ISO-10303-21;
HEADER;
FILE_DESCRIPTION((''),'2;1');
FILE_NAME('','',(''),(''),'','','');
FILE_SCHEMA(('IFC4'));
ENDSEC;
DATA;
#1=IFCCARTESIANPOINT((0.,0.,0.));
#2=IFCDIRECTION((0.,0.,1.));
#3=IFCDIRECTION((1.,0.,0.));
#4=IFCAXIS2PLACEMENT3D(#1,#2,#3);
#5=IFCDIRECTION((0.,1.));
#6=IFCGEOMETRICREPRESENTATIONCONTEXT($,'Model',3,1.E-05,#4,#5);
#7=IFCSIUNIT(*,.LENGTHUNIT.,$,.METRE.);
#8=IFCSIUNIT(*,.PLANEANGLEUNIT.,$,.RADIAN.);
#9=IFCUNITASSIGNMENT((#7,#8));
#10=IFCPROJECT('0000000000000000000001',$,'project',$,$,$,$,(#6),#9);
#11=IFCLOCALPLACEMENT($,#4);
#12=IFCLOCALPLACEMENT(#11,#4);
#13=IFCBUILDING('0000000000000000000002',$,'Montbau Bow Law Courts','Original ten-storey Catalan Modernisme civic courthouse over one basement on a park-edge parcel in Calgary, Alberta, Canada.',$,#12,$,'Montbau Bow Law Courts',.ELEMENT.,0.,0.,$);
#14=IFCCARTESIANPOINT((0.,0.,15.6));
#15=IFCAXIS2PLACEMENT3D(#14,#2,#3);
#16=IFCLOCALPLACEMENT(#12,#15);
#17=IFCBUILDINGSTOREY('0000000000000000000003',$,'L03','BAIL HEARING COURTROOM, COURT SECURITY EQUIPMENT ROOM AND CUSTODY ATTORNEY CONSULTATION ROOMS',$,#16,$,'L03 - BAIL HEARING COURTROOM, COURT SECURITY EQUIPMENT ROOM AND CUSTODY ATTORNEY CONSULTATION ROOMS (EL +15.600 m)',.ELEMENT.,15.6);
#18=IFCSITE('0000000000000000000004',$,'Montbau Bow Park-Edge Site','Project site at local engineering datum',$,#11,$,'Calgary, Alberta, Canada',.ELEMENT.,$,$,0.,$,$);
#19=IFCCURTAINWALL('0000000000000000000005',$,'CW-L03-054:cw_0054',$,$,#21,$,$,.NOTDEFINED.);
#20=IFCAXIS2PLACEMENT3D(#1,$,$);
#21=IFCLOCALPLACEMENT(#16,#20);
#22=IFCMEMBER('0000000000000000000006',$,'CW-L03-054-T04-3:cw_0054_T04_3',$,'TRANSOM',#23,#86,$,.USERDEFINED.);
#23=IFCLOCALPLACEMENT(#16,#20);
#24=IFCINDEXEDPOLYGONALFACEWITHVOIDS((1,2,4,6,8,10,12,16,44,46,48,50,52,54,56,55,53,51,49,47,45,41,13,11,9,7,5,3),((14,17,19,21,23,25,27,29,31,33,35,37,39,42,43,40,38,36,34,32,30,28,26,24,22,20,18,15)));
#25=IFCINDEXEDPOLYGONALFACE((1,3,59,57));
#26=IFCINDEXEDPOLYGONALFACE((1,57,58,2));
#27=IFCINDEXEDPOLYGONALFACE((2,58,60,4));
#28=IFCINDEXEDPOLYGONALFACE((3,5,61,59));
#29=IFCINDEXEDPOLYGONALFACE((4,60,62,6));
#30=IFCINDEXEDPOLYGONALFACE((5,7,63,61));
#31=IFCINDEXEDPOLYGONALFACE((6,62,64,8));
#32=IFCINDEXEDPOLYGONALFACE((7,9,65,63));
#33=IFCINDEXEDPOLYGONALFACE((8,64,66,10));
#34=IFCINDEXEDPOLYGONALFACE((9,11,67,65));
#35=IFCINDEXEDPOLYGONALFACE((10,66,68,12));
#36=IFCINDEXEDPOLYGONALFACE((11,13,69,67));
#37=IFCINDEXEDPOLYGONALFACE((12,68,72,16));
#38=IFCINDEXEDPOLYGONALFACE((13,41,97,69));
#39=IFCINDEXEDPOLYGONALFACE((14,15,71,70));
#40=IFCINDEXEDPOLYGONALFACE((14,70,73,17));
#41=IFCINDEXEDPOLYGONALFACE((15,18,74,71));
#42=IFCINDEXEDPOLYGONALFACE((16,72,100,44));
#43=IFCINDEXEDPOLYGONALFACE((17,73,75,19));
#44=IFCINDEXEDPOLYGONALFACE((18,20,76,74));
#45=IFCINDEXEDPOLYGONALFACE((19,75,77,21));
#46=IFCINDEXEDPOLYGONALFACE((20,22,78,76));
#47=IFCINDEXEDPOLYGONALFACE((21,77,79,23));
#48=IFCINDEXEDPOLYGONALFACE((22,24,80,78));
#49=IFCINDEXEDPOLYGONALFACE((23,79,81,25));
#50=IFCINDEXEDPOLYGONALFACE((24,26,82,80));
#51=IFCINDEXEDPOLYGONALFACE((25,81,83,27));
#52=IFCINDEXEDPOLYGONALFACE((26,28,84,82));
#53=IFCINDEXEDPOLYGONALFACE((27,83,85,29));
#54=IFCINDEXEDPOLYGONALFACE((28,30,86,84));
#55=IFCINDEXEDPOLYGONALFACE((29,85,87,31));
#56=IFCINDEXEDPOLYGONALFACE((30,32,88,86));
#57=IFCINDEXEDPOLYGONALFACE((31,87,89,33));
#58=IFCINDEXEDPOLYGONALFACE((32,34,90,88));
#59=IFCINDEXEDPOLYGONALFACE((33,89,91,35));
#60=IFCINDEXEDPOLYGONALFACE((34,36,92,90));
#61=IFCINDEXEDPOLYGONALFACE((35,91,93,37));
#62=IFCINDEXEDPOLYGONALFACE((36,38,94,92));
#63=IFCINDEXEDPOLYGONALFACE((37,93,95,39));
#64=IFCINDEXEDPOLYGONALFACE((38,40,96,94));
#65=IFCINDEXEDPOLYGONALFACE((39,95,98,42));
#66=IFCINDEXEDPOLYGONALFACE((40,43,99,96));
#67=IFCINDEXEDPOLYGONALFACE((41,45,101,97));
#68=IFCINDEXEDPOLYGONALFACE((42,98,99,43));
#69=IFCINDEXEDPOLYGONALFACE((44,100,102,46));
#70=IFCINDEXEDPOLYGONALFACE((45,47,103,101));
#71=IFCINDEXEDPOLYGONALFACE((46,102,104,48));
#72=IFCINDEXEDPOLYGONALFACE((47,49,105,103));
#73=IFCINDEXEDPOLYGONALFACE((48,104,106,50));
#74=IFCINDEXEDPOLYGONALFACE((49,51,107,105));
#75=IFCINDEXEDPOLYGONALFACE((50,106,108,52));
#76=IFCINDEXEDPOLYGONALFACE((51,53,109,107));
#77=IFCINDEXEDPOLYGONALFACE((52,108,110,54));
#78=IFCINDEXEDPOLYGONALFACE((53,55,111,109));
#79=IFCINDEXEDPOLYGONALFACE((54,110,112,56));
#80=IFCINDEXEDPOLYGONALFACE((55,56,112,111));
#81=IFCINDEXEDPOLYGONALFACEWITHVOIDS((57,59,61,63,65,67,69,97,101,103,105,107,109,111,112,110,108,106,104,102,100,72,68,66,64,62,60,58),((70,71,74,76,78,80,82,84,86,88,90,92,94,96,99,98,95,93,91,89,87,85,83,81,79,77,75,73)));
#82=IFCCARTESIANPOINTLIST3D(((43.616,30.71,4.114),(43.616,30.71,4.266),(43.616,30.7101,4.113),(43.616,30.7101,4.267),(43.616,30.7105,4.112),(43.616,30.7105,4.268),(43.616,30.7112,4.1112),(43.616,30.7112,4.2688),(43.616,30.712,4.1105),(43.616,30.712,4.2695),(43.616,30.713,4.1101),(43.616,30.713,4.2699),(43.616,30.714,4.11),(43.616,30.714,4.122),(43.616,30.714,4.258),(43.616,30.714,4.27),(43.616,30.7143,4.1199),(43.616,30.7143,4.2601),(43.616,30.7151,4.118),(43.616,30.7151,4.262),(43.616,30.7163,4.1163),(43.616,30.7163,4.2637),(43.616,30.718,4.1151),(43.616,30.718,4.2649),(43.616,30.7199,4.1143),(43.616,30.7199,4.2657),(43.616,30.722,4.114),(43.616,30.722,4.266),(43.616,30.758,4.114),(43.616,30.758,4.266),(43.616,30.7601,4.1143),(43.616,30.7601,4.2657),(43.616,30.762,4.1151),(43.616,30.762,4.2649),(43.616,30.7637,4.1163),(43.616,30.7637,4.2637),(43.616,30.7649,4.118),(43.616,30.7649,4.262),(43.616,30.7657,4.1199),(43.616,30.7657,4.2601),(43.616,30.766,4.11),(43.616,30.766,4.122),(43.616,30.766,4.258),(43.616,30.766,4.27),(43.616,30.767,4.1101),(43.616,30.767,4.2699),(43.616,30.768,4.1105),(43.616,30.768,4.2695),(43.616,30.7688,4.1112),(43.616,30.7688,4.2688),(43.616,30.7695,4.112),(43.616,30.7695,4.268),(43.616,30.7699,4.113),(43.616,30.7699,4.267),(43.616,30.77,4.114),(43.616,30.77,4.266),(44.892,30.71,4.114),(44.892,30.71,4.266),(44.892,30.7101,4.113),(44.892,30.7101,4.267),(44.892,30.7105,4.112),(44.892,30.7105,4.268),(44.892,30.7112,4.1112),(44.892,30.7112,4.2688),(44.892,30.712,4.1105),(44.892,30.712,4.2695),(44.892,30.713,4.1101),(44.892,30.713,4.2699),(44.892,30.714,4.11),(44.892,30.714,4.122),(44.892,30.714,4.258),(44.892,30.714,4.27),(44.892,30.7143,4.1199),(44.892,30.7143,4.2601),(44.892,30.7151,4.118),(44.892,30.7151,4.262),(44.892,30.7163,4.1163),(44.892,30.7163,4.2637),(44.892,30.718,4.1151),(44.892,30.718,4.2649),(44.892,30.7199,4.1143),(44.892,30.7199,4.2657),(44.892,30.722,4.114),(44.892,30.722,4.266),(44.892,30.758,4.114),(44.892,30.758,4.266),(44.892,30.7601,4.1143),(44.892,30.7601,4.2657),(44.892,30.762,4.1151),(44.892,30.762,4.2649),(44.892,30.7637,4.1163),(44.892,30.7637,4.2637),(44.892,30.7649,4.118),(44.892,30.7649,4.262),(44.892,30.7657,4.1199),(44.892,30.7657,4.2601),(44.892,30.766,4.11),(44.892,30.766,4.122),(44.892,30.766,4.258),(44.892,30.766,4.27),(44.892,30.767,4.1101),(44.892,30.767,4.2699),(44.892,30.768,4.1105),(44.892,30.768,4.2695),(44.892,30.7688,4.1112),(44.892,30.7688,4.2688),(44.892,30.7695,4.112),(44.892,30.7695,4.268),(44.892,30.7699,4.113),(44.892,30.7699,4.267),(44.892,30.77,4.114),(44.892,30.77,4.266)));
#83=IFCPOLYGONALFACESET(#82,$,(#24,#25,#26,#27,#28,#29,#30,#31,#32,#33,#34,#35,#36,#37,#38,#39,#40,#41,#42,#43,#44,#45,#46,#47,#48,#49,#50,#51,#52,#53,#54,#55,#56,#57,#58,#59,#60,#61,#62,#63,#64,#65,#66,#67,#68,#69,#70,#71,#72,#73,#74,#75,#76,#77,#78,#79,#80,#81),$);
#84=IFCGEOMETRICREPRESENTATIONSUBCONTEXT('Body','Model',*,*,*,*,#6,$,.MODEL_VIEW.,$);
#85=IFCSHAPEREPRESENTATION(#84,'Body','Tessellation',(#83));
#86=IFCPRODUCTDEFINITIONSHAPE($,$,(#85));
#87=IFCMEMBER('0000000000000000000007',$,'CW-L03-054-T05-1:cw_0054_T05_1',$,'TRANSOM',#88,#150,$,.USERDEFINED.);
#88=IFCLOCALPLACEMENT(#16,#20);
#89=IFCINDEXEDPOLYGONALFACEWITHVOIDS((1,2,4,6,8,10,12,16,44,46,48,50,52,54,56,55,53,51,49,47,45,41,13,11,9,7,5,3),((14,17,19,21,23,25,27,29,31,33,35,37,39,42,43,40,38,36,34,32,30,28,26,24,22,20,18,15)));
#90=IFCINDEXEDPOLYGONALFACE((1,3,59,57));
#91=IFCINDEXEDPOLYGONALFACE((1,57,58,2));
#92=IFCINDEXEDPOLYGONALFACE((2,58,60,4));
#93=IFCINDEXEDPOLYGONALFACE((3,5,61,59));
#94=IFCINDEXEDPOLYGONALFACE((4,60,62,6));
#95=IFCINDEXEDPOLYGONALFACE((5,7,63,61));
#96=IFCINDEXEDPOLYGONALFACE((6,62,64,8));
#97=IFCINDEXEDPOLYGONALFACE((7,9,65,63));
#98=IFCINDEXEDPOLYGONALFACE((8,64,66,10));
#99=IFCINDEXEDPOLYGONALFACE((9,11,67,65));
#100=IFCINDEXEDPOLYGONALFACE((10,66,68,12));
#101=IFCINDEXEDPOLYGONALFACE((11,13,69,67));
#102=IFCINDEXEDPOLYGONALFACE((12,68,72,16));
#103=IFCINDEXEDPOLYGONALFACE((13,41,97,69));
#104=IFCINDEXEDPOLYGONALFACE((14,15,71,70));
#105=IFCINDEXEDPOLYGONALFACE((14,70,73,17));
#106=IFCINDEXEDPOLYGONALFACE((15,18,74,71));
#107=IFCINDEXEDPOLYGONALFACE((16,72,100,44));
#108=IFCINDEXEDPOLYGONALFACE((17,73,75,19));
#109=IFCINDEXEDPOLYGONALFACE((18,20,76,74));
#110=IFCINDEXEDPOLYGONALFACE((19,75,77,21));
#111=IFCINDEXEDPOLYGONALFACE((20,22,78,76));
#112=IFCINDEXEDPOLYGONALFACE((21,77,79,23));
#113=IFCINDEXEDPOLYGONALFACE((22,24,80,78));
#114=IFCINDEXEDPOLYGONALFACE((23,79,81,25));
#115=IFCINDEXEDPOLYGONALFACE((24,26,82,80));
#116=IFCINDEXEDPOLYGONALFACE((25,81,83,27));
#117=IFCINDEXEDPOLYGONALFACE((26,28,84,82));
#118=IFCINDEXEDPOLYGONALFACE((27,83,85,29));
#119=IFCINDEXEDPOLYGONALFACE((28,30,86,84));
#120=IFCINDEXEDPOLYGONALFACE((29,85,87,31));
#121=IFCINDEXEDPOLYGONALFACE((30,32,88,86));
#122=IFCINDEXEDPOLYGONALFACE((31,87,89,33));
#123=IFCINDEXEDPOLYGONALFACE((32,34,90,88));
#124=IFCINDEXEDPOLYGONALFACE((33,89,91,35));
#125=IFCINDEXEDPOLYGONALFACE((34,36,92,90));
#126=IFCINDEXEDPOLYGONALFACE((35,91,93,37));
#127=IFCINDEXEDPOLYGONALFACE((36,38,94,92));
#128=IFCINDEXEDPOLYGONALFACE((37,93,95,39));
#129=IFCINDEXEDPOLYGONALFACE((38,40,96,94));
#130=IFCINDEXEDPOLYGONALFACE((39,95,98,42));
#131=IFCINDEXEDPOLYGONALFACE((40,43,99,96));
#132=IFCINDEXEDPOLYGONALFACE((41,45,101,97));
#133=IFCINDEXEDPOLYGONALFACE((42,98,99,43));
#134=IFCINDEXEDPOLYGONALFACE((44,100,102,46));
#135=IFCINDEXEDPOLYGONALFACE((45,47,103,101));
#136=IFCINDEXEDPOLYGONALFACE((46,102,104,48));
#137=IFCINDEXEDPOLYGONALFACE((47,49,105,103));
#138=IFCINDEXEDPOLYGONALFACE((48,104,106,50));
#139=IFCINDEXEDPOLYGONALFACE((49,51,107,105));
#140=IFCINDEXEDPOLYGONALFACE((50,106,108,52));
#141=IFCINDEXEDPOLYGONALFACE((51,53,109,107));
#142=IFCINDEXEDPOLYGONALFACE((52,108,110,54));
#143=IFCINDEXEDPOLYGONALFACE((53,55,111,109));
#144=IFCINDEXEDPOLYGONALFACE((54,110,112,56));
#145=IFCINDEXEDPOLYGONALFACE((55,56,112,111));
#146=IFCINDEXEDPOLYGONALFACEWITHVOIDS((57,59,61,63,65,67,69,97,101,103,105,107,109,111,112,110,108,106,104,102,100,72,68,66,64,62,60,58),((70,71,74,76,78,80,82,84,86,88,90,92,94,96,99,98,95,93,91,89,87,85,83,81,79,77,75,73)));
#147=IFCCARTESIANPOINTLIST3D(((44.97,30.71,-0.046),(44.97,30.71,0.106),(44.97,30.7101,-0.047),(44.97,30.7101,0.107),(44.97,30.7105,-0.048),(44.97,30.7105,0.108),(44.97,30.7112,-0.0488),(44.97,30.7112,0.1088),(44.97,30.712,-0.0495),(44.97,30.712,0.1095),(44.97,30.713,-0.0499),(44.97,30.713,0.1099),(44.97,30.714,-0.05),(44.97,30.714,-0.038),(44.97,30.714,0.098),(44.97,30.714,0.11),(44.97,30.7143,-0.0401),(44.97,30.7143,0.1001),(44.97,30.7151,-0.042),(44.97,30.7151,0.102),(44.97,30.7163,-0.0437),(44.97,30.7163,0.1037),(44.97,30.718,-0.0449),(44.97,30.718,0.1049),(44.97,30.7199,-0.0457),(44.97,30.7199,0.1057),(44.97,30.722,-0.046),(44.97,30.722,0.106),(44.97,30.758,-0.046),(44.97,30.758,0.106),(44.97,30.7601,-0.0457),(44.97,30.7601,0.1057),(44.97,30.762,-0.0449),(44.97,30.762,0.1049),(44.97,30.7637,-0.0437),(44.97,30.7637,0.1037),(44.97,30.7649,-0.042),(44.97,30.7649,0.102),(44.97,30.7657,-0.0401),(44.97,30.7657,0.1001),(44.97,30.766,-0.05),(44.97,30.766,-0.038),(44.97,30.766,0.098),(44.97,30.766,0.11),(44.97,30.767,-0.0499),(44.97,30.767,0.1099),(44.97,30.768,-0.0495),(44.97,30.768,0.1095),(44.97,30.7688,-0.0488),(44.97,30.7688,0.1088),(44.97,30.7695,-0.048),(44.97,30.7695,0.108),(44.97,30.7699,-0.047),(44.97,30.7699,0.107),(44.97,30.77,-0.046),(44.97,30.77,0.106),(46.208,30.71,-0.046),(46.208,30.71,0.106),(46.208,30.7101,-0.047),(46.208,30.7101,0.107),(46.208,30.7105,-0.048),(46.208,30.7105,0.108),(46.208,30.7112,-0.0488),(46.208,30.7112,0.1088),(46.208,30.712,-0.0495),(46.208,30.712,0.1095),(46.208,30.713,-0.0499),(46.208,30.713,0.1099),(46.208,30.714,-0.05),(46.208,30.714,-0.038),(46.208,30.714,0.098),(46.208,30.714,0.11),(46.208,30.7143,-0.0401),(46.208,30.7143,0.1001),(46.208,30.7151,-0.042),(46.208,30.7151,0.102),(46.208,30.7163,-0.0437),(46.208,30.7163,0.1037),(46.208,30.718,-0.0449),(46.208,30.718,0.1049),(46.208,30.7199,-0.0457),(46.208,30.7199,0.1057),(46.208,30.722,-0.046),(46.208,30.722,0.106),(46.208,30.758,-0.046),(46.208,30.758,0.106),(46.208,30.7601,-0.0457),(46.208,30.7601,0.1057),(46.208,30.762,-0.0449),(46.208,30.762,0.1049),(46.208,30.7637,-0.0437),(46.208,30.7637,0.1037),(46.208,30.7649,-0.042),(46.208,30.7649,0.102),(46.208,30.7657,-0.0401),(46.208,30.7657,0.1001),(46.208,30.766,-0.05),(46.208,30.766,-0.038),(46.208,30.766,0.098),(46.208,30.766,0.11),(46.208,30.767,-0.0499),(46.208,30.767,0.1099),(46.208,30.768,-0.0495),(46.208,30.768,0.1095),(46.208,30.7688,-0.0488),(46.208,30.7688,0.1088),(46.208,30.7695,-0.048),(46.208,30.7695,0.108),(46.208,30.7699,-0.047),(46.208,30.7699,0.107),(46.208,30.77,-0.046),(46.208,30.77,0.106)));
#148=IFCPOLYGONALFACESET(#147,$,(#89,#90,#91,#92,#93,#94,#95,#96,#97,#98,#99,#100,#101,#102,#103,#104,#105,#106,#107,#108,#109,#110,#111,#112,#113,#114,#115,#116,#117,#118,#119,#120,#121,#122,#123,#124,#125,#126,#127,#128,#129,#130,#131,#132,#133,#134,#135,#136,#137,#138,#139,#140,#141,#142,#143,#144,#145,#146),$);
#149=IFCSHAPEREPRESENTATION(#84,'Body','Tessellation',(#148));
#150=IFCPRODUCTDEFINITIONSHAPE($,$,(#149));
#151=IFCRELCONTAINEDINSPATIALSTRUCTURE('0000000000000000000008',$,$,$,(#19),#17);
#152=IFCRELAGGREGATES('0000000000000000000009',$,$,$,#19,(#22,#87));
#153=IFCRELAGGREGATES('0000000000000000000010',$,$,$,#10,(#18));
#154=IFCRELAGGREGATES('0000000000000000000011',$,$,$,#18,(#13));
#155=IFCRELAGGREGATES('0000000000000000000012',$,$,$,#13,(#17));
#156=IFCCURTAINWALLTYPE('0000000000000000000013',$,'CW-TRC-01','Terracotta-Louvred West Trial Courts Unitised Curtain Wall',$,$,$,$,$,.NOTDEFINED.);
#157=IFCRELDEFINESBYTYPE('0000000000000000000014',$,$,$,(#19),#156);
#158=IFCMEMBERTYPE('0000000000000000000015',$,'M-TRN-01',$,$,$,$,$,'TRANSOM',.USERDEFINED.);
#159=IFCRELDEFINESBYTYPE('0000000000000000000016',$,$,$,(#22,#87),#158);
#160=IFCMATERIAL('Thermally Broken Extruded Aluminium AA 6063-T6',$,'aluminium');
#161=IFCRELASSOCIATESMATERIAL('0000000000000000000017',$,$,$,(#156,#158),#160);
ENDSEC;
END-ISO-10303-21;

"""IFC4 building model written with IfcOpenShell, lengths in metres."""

from ifc_helpers import new_model, si_unit, direction, frame, origin_with_axes, origin_2d_with_axis, place, context, subcontext, project, spatial, hollow_rectangle, extrude, material, material_profile, profile_set, type_object, element, aggregate, save


model = new_model("IFC4")

# Units and contexts
model_context = context("Model", 3, precision=1e-05, world=origin_with_axes(), true_north=direction((0.0, 1.0)))
body_context = subcontext(model_context, "Body", "Model", "MODEL_VIEW")
ifc_project = project(units=[si_unit("LENGTHUNIT", "METRE"), si_unit("PLANEANGLEUNIT", "RADIAN")], contexts=[model_context])

# Site, building, storey
site_placement = place(None, origin_with_axes())
site = spatial("IfcSite", under=ifc_project, at=site_placement, Name="Montbau Bow Park-Edge Site", Description="Project site at local engineering datum", LongName="Calgary, Alberta, Canada", CompositionType="ELEMENT", RefElevation=0.0)
building_placement = place(site_placement, origin_with_axes())
building = spatial("IfcBuilding", under=site, at=building_placement, Name="Montbau Bow Law Courts", Description="Original ten-storey Catalan Modernisme civic courthouse over one basement on a park-edge parcel in Calgary, Alberta, Canada.", LongName="Montbau Bow Law Courts", CompositionType="ELEMENT", ElevationOfRefHeight=0.0, ElevationOfTerrain=0.0)
storey_placement = place(building_placement, frame((0.0, 0.0, 15.6), z_axis=(0.0, 0.0, 1.0), x_axis=(1.0, 0.0, 0.0)))
storey = spatial("IfcBuildingStorey", under=building, at=storey_placement, Name="L03", Description="BAIL HEARING COURTROOM, COURT SECURITY EQUIPMENT ROOM AND CUSTODY ATTORNEY CONSULTATION ROOMS", LongName="L03 - BAIL HEARING COURTROOM, COURT SECURITY EQUIPMENT ROOM AND CUSTODY ATTORNEY CONSULTATION ROOMS (EL +15.600 m)", CompositionType="ELEMENT", Elevation=15.6)

# Curtain wall
ifc_material_1 = material(Name="Thermally Broken Extruded Aluminium AA 6063-T6", Category="aluminium")
curtain_wall_type = type_object("IfcCurtainWallType", Name="CW-TRC-01", Description="Terracotta-Louvred West Trial Courts Unitised Curtain Wall", PredefinedType="NOTDEFINED", material=ifc_material_1)
curtain_wall_1_placement = place(None, frame((39.515, 30.74, 15.6), z_axis=(0.0, 0.0, 1.0), x_axis=(1.0, 0.0, 0.0)))
curtain_wall_1 = element("IfcCurtainWall", 1, at=curtain_wall_1_placement, inside=storey, type_object=curtain_wall_type, Name="CW-L03-054:cw_0054", PredefinedType="NOTDEFINED")

# Members
ifc_material_profile_1 = material_profile(ifc_material_1, hollow_rectangle(XDim=0.06, YDim=0.16, WallThickness=0.004, InnerFilletRadius=0.008, OuterFilletRadius=0.004, at=origin_2d_with_axis()), Name="CWT-160X60", Category="Main", Priority=0)
ifc_profile_set_1 = profile_set([ifc_material_profile_1], Name="Thermally Broken Extruded Aluminium AA 6063-T6")
member_type_1 = type_object("IfcMemberType", Name="M-TRN-01", ElementType="TRANSOM", PredefinedType="USERDEFINED", material=ifc_profile_set_1)
member_1_placement = place(None, frame((43.616, 30.74, 19.79), z_axis=(1.0, 0.0, 0.0), x_axis=(0.0, 1.0, 0.0)))
member_1 = element("IfcMember", 2, at=member_1_placement, type_object=member_type_1, Name="CW-L03-054-T04-3:cw_0054_T04_3", ObjectType="TRANSOM", PredefinedType="USERDEFINED", context=body_context, shape_type="SweptSolid", body=[
    extrude(hollow_rectangle(XDim=0.06, YDim=0.16, WallThickness=0.004, InnerFilletRadius=0.008, OuterFilletRadius=0.004, at=origin_2d_with_axis()), origin_with_axes(), (0.0, 0.0, 1.0), 1.276),
])
member_2_placement = place(None, frame((44.97, 30.74, 15.63), z_axis=(1.0, 0.0, 0.0), x_axis=(0.0, 1.0, 0.0)))
member_2 = element("IfcMember", 3, at=member_2_placement, type_object=member_type_1, Name="CW-L03-054-T05-1:cw_0054_T05_1", ObjectType="TRANSOM", PredefinedType="USERDEFINED", context=body_context, shape_type="SweptSolid", body=[
    extrude(hollow_rectangle(XDim=0.06, YDim=0.16, WallThickness=0.004, InnerFilletRadius=0.008, OuterFilletRadius=0.004, at=origin_2d_with_axis()), origin_with_axes(), (0.0, 0.0, 1.0), 1.238),
])

aggregate(curtain_wall_1, [member_1, member_2])

save(model, "model.ifc")
